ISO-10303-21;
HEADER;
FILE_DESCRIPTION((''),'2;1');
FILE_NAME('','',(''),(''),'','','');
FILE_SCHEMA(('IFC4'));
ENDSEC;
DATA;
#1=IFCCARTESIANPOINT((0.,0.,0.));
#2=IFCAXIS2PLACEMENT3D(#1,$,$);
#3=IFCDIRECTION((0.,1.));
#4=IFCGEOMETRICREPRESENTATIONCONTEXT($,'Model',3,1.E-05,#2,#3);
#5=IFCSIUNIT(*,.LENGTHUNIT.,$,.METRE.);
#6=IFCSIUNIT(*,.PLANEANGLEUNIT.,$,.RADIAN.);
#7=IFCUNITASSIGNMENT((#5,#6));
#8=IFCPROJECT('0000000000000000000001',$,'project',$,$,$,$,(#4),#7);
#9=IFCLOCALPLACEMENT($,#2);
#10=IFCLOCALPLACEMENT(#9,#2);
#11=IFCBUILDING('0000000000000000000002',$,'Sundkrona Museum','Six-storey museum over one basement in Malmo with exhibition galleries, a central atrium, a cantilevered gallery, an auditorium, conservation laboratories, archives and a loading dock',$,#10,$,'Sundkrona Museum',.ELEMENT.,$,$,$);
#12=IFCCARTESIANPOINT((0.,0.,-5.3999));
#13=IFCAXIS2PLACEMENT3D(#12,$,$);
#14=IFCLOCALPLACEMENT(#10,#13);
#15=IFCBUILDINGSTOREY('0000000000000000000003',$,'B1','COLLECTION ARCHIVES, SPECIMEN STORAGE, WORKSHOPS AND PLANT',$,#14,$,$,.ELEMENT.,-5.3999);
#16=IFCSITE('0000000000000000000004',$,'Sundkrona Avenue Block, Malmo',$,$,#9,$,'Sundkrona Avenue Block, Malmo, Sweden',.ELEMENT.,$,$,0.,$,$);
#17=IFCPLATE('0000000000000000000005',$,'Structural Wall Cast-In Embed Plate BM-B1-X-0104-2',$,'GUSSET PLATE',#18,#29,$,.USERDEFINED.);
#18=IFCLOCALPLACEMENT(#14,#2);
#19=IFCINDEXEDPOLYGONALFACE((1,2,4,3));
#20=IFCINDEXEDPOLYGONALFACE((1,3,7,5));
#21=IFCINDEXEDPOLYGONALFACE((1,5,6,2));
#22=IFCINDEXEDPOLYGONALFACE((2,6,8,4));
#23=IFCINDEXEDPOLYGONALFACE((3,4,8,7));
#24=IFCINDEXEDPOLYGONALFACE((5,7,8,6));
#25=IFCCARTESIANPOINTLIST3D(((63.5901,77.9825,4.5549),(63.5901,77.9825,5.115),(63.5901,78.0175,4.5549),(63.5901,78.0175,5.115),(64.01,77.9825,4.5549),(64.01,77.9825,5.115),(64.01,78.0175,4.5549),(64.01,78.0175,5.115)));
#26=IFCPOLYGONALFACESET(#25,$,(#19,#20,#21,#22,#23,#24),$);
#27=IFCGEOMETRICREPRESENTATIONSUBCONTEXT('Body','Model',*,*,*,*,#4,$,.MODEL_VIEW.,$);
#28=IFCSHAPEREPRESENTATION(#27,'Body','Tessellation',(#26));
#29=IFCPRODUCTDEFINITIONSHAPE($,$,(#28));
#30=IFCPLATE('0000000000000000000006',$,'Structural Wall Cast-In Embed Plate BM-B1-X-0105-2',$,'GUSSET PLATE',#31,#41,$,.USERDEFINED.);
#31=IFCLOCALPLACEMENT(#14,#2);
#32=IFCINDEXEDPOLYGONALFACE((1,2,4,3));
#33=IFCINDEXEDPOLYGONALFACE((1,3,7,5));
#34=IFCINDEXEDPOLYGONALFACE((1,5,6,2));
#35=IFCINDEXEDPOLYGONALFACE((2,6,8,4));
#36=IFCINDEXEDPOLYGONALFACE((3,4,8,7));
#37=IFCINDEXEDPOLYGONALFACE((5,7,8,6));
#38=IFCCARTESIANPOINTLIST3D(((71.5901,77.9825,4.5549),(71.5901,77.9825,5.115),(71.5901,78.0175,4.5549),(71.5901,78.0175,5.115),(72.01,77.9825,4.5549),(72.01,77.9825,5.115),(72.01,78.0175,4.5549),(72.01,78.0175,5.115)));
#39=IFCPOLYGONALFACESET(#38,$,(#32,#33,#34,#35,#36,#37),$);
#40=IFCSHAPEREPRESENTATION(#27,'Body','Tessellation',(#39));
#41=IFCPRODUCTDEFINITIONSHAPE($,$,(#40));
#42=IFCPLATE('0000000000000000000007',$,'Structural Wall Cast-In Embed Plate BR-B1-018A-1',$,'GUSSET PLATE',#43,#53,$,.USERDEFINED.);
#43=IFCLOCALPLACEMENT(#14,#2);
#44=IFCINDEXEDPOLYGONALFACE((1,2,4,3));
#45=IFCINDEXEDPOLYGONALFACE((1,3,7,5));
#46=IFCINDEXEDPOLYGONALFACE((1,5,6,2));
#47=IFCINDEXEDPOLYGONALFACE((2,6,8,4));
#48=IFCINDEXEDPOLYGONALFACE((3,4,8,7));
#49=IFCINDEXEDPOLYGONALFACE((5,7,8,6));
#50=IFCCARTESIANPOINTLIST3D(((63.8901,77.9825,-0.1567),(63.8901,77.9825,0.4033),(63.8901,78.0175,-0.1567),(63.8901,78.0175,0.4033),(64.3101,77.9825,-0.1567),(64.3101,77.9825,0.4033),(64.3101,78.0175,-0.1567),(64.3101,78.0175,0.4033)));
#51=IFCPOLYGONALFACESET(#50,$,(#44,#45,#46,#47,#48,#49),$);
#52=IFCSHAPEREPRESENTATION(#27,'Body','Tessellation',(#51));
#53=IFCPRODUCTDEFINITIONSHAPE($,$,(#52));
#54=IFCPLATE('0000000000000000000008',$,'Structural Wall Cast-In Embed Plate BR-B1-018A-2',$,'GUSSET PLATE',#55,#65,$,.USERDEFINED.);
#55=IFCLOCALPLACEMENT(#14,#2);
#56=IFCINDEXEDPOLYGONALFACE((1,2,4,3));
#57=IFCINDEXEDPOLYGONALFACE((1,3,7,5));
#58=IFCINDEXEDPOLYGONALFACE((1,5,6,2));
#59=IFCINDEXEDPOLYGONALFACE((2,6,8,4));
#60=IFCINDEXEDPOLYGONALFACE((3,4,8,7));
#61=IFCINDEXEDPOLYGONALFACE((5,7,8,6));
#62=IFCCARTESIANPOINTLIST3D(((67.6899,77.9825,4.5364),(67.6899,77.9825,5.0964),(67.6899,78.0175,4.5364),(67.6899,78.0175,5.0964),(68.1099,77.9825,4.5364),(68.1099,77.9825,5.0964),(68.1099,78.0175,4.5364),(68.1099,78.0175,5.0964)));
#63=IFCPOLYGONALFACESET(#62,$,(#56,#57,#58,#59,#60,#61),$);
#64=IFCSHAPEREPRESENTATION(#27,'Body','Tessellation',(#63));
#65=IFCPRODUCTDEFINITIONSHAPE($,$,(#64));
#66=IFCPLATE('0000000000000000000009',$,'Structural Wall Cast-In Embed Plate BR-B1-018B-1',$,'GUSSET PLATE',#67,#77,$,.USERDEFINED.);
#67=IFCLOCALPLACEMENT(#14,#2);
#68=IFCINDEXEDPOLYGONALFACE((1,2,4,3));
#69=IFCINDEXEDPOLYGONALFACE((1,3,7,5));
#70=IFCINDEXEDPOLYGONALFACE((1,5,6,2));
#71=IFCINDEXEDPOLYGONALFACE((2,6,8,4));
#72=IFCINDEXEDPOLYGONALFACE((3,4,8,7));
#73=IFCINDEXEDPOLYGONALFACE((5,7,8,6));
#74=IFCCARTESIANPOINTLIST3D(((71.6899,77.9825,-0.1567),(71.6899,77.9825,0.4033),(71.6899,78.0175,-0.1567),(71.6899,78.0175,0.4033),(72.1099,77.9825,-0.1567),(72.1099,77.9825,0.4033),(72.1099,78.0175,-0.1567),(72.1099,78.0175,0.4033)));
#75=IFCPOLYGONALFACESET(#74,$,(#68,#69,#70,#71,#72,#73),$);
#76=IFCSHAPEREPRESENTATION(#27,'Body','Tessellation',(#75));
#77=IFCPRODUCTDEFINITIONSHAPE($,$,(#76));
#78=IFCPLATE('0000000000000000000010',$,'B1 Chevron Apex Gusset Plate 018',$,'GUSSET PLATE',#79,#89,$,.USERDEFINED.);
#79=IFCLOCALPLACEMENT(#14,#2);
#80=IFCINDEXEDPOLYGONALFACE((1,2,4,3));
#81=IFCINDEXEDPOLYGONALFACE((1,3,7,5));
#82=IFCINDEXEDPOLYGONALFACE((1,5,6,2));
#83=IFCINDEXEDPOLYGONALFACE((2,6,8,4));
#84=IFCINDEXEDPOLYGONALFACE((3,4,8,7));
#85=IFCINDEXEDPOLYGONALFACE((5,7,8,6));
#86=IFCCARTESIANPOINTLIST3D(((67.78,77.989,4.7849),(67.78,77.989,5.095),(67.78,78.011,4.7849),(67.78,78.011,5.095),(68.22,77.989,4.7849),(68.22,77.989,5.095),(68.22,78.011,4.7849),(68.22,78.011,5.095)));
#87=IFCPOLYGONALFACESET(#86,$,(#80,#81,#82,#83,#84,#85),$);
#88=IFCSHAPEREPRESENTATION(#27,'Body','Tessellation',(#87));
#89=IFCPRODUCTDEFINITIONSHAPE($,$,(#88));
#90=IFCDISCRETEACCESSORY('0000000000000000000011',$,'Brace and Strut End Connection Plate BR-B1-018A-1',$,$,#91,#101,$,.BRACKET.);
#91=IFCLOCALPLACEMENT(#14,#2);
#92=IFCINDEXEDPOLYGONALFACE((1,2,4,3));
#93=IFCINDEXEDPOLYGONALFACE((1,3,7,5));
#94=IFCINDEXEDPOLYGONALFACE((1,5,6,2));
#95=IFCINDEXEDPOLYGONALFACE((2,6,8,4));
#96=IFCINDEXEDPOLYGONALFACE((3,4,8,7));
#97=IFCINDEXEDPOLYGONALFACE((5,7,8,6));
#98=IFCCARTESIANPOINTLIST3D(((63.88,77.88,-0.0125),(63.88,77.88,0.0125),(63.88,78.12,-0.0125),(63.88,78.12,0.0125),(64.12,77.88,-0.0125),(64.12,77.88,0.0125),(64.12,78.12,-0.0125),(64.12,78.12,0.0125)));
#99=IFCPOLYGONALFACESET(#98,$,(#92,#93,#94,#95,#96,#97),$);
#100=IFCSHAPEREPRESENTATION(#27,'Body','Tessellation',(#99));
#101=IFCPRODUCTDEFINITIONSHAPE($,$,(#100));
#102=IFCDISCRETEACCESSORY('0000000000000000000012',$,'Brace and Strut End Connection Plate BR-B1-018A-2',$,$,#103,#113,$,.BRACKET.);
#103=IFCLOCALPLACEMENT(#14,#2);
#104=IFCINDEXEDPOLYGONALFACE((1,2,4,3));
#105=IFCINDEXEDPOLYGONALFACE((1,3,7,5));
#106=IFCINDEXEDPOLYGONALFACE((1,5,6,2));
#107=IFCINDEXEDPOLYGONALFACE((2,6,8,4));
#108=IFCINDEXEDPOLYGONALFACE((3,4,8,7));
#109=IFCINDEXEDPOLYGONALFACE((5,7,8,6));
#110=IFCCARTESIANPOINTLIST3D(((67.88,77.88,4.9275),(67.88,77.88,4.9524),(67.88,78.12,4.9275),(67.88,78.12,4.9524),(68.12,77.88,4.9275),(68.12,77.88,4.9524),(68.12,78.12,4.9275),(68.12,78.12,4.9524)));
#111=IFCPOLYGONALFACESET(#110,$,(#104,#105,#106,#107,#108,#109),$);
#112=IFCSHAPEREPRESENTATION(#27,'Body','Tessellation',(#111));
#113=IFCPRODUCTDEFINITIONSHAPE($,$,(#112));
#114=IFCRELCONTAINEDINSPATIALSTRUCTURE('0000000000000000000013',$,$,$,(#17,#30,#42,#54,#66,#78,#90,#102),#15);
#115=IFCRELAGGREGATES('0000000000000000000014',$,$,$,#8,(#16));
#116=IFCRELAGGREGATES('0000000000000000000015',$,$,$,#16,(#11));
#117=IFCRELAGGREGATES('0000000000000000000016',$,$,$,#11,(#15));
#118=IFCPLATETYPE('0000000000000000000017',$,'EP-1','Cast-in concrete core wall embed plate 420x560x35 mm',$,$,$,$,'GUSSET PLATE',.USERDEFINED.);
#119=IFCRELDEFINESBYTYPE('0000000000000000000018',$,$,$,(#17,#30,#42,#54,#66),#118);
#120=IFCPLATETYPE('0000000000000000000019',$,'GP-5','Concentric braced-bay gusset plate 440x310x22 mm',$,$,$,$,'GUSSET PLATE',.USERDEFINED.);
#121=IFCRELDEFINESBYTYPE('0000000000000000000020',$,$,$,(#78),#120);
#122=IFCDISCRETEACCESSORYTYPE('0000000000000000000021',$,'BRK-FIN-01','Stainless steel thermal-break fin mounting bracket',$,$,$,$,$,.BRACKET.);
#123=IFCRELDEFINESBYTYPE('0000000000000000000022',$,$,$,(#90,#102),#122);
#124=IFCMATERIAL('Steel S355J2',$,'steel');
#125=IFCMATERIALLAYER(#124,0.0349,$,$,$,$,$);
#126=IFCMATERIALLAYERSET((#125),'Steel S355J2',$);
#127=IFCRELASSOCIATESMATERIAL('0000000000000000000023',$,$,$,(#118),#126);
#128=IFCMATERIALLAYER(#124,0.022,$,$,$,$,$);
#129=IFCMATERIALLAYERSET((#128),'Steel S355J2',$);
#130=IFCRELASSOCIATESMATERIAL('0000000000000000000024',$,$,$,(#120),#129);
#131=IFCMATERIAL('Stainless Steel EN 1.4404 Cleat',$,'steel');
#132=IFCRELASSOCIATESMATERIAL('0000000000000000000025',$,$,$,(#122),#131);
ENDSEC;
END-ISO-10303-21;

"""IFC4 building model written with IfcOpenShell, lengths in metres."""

from ifc_helpers import new_model, si_unit, direction, frame, origin, origin_2d, place, context, subcontext, project, spatial, rectangle, extrude, material, layer, layer_set, type_object, element, save


model = new_model("IFC4")

# Units and contexts
model_context = context("Model", 3, precision=1e-05, world=origin(), true_north=direction((0.0, 1.0)))
body_context = subcontext(model_context, "Body", "Model", "MODEL_VIEW")
ifc_project = project(units=[si_unit("LENGTHUNIT", "METRE"), si_unit("PLANEANGLEUNIT", "RADIAN")], contexts=[model_context])

# Site, building, storey
site_placement = place(None, origin())
site = spatial("IfcSite", under=ifc_project, at=site_placement, Name="Sundkrona Avenue Block, Malmo", LongName="Sundkrona Avenue Block, Malmo, Sweden", CompositionType="ELEMENT", RefElevation=0.0)
building_placement = place(site_placement, origin())
building = spatial("IfcBuilding", under=site, at=building_placement, Name="Sundkrona Museum", Description="Six-storey museum over one basement in Malmo with exhibition galleries, a central atrium, a cantilevered gallery, an auditorium, conservation laboratories, archives and a loading dock", LongName="Sundkrona Museum", CompositionType="ELEMENT")
storey_placement = place(building_placement, frame((0.0, 0.0, -5.3999)))
storey = spatial("IfcBuildingStorey", under=building, at=storey_placement, Name="B1", Description="COLLECTION ARCHIVES, SPECIMEN STORAGE, WORKSHOPS AND PLANT", CompositionType="ELEMENT", Elevation=-5.3999)

# Shared definitions
ifc_material_1 = material(Name="Steel S355J2", Category="steel")

# Plates
ifc_layer_1 = layer(ifc_material_1, 0.0349)
ifc_layer_set_1 = layer_set([ifc_layer_1], Name="Steel S355J2")
plate_type_1 = type_object("IfcPlateType", Name="EP-1", Description="Cast-in concrete core wall embed plate 420x560x35 mm", ElementType="GUSSET PLATE", PredefinedType="USERDEFINED", material=ifc_layer_set_1)
for number, where, z_axis, x_axis, name in (
    (1, (63.8, 78.0, 4.5549), (0.0, 0.0, 1.0), (1.0, 0.0, 0.0), "Structural Wall Cast-In Embed Plate BM-B1-X-0104-2"),
    (2, (71.8, 78.0, 4.5549), (0.0, 0.0, 1.0), (1.0, 0.0, 0.0), "Structural Wall Cast-In Embed Plate BM-B1-X-0105-2"),
    (3, (64.1001, 78.0, -0.1567), (0.0, 0.0, 1.0), (1.0, 0.0, 0.0), "Structural Wall Cast-In Embed Plate BR-B1-018A-1"),
    (4, (67.8999, 78.0, 4.5364), (0.0, 0.0, 1.0), (1.0, 0.0, 0.0), "Structural Wall Cast-In Embed Plate BR-B1-018A-2"),
    (5, (71.8999, 78.0, -0.1567), (0.0, 0.0, 1.0), (1.0, 0.0, 0.0), "Structural Wall Cast-In Embed Plate BR-B1-018B-1"),
):
    element("IfcPlate", number, at=place(storey_placement, frame(where, z_axis=z_axis, x_axis=x_axis)), inside=storey, type_object=plate_type_1, Name=name, ObjectType="GUSSET PLATE", PredefinedType="USERDEFINED", context=body_context, shape_type="SweptSolid", body=[
        extrude(rectangle(XDim=0.4199, YDim=0.0349, at=origin_2d()), origin(), (0.0, 0.0, 1.0), 0.5601),
    ])
ifc_layer_2 = layer(ifc_material_1, 0.022)
ifc_layer_set_2 = layer_set([ifc_layer_2], Name="Steel S355J2")
plate_type_2 = type_object("IfcPlateType", Name="GP-5", Description="Concentric braced-bay gusset plate 440x310x22 mm", ElementType="GUSSET PLATE", PredefinedType="USERDEFINED", material=ifc_layer_set_2)
plate_placement = place(storey_placement, frame((68.0, 78.0, 4.7849), z_axis=(0.0, 0.0, 1.0), x_axis=(1.0, 0.0, 0.0)))
element("IfcPlate", 6, at=plate_placement, inside=storey, type_object=plate_type_2, Name="B1 Chevron Apex Gusset Plate 018", ObjectType="GUSSET PLATE", PredefinedType="USERDEFINED", context=body_context, shape_type="SweptSolid", body=[
    extrude(rectangle(XDim=0.4399, YDim=0.022, at=origin_2d()), origin(), (0.0, 0.0, 1.0), 0.3101),
])

# Discrete accessories
ifc_material_2 = material(Name="Stainless Steel EN 1.4404 Cleat", Category="steel")
discrete_accessory_type = type_object("IfcDiscreteAccessoryType", Name="BRK-FIN-01", Description="Stainless steel thermal-break fin mounting bracket", PredefinedType="BRACKET", material=ifc_material_2)
for number, where, z_axis, x_axis, name in (
    (7, (64.0, 78.0, -0.0125), (0.0, 0.0, 1.0), (1.0, 0.0, 0.0), "Brace and Strut End Connection Plate BR-B1-018A-1"),
    (8, (68.0, 78.0, 4.9275), (0.0, 0.0, 1.0), (1.0, 0.0, 0.0), "Brace and Strut End Connection Plate BR-B1-018A-2"),
):
    element("IfcDiscreteAccessory", number, at=place(storey_placement, frame(where, z_axis=z_axis, x_axis=x_axis)), inside=storey, type_object=discrete_accessory_type, Name=name, PredefinedType="BRACKET", context=body_context, shape_type="SweptSolid", body=[
        extrude(rectangle(XDim=0.24, YDim=0.24, at=origin_2d()), origin(), (0.0, 0.0, 1.0), 0.0249),
    ])

save(model, "model.ifc")
